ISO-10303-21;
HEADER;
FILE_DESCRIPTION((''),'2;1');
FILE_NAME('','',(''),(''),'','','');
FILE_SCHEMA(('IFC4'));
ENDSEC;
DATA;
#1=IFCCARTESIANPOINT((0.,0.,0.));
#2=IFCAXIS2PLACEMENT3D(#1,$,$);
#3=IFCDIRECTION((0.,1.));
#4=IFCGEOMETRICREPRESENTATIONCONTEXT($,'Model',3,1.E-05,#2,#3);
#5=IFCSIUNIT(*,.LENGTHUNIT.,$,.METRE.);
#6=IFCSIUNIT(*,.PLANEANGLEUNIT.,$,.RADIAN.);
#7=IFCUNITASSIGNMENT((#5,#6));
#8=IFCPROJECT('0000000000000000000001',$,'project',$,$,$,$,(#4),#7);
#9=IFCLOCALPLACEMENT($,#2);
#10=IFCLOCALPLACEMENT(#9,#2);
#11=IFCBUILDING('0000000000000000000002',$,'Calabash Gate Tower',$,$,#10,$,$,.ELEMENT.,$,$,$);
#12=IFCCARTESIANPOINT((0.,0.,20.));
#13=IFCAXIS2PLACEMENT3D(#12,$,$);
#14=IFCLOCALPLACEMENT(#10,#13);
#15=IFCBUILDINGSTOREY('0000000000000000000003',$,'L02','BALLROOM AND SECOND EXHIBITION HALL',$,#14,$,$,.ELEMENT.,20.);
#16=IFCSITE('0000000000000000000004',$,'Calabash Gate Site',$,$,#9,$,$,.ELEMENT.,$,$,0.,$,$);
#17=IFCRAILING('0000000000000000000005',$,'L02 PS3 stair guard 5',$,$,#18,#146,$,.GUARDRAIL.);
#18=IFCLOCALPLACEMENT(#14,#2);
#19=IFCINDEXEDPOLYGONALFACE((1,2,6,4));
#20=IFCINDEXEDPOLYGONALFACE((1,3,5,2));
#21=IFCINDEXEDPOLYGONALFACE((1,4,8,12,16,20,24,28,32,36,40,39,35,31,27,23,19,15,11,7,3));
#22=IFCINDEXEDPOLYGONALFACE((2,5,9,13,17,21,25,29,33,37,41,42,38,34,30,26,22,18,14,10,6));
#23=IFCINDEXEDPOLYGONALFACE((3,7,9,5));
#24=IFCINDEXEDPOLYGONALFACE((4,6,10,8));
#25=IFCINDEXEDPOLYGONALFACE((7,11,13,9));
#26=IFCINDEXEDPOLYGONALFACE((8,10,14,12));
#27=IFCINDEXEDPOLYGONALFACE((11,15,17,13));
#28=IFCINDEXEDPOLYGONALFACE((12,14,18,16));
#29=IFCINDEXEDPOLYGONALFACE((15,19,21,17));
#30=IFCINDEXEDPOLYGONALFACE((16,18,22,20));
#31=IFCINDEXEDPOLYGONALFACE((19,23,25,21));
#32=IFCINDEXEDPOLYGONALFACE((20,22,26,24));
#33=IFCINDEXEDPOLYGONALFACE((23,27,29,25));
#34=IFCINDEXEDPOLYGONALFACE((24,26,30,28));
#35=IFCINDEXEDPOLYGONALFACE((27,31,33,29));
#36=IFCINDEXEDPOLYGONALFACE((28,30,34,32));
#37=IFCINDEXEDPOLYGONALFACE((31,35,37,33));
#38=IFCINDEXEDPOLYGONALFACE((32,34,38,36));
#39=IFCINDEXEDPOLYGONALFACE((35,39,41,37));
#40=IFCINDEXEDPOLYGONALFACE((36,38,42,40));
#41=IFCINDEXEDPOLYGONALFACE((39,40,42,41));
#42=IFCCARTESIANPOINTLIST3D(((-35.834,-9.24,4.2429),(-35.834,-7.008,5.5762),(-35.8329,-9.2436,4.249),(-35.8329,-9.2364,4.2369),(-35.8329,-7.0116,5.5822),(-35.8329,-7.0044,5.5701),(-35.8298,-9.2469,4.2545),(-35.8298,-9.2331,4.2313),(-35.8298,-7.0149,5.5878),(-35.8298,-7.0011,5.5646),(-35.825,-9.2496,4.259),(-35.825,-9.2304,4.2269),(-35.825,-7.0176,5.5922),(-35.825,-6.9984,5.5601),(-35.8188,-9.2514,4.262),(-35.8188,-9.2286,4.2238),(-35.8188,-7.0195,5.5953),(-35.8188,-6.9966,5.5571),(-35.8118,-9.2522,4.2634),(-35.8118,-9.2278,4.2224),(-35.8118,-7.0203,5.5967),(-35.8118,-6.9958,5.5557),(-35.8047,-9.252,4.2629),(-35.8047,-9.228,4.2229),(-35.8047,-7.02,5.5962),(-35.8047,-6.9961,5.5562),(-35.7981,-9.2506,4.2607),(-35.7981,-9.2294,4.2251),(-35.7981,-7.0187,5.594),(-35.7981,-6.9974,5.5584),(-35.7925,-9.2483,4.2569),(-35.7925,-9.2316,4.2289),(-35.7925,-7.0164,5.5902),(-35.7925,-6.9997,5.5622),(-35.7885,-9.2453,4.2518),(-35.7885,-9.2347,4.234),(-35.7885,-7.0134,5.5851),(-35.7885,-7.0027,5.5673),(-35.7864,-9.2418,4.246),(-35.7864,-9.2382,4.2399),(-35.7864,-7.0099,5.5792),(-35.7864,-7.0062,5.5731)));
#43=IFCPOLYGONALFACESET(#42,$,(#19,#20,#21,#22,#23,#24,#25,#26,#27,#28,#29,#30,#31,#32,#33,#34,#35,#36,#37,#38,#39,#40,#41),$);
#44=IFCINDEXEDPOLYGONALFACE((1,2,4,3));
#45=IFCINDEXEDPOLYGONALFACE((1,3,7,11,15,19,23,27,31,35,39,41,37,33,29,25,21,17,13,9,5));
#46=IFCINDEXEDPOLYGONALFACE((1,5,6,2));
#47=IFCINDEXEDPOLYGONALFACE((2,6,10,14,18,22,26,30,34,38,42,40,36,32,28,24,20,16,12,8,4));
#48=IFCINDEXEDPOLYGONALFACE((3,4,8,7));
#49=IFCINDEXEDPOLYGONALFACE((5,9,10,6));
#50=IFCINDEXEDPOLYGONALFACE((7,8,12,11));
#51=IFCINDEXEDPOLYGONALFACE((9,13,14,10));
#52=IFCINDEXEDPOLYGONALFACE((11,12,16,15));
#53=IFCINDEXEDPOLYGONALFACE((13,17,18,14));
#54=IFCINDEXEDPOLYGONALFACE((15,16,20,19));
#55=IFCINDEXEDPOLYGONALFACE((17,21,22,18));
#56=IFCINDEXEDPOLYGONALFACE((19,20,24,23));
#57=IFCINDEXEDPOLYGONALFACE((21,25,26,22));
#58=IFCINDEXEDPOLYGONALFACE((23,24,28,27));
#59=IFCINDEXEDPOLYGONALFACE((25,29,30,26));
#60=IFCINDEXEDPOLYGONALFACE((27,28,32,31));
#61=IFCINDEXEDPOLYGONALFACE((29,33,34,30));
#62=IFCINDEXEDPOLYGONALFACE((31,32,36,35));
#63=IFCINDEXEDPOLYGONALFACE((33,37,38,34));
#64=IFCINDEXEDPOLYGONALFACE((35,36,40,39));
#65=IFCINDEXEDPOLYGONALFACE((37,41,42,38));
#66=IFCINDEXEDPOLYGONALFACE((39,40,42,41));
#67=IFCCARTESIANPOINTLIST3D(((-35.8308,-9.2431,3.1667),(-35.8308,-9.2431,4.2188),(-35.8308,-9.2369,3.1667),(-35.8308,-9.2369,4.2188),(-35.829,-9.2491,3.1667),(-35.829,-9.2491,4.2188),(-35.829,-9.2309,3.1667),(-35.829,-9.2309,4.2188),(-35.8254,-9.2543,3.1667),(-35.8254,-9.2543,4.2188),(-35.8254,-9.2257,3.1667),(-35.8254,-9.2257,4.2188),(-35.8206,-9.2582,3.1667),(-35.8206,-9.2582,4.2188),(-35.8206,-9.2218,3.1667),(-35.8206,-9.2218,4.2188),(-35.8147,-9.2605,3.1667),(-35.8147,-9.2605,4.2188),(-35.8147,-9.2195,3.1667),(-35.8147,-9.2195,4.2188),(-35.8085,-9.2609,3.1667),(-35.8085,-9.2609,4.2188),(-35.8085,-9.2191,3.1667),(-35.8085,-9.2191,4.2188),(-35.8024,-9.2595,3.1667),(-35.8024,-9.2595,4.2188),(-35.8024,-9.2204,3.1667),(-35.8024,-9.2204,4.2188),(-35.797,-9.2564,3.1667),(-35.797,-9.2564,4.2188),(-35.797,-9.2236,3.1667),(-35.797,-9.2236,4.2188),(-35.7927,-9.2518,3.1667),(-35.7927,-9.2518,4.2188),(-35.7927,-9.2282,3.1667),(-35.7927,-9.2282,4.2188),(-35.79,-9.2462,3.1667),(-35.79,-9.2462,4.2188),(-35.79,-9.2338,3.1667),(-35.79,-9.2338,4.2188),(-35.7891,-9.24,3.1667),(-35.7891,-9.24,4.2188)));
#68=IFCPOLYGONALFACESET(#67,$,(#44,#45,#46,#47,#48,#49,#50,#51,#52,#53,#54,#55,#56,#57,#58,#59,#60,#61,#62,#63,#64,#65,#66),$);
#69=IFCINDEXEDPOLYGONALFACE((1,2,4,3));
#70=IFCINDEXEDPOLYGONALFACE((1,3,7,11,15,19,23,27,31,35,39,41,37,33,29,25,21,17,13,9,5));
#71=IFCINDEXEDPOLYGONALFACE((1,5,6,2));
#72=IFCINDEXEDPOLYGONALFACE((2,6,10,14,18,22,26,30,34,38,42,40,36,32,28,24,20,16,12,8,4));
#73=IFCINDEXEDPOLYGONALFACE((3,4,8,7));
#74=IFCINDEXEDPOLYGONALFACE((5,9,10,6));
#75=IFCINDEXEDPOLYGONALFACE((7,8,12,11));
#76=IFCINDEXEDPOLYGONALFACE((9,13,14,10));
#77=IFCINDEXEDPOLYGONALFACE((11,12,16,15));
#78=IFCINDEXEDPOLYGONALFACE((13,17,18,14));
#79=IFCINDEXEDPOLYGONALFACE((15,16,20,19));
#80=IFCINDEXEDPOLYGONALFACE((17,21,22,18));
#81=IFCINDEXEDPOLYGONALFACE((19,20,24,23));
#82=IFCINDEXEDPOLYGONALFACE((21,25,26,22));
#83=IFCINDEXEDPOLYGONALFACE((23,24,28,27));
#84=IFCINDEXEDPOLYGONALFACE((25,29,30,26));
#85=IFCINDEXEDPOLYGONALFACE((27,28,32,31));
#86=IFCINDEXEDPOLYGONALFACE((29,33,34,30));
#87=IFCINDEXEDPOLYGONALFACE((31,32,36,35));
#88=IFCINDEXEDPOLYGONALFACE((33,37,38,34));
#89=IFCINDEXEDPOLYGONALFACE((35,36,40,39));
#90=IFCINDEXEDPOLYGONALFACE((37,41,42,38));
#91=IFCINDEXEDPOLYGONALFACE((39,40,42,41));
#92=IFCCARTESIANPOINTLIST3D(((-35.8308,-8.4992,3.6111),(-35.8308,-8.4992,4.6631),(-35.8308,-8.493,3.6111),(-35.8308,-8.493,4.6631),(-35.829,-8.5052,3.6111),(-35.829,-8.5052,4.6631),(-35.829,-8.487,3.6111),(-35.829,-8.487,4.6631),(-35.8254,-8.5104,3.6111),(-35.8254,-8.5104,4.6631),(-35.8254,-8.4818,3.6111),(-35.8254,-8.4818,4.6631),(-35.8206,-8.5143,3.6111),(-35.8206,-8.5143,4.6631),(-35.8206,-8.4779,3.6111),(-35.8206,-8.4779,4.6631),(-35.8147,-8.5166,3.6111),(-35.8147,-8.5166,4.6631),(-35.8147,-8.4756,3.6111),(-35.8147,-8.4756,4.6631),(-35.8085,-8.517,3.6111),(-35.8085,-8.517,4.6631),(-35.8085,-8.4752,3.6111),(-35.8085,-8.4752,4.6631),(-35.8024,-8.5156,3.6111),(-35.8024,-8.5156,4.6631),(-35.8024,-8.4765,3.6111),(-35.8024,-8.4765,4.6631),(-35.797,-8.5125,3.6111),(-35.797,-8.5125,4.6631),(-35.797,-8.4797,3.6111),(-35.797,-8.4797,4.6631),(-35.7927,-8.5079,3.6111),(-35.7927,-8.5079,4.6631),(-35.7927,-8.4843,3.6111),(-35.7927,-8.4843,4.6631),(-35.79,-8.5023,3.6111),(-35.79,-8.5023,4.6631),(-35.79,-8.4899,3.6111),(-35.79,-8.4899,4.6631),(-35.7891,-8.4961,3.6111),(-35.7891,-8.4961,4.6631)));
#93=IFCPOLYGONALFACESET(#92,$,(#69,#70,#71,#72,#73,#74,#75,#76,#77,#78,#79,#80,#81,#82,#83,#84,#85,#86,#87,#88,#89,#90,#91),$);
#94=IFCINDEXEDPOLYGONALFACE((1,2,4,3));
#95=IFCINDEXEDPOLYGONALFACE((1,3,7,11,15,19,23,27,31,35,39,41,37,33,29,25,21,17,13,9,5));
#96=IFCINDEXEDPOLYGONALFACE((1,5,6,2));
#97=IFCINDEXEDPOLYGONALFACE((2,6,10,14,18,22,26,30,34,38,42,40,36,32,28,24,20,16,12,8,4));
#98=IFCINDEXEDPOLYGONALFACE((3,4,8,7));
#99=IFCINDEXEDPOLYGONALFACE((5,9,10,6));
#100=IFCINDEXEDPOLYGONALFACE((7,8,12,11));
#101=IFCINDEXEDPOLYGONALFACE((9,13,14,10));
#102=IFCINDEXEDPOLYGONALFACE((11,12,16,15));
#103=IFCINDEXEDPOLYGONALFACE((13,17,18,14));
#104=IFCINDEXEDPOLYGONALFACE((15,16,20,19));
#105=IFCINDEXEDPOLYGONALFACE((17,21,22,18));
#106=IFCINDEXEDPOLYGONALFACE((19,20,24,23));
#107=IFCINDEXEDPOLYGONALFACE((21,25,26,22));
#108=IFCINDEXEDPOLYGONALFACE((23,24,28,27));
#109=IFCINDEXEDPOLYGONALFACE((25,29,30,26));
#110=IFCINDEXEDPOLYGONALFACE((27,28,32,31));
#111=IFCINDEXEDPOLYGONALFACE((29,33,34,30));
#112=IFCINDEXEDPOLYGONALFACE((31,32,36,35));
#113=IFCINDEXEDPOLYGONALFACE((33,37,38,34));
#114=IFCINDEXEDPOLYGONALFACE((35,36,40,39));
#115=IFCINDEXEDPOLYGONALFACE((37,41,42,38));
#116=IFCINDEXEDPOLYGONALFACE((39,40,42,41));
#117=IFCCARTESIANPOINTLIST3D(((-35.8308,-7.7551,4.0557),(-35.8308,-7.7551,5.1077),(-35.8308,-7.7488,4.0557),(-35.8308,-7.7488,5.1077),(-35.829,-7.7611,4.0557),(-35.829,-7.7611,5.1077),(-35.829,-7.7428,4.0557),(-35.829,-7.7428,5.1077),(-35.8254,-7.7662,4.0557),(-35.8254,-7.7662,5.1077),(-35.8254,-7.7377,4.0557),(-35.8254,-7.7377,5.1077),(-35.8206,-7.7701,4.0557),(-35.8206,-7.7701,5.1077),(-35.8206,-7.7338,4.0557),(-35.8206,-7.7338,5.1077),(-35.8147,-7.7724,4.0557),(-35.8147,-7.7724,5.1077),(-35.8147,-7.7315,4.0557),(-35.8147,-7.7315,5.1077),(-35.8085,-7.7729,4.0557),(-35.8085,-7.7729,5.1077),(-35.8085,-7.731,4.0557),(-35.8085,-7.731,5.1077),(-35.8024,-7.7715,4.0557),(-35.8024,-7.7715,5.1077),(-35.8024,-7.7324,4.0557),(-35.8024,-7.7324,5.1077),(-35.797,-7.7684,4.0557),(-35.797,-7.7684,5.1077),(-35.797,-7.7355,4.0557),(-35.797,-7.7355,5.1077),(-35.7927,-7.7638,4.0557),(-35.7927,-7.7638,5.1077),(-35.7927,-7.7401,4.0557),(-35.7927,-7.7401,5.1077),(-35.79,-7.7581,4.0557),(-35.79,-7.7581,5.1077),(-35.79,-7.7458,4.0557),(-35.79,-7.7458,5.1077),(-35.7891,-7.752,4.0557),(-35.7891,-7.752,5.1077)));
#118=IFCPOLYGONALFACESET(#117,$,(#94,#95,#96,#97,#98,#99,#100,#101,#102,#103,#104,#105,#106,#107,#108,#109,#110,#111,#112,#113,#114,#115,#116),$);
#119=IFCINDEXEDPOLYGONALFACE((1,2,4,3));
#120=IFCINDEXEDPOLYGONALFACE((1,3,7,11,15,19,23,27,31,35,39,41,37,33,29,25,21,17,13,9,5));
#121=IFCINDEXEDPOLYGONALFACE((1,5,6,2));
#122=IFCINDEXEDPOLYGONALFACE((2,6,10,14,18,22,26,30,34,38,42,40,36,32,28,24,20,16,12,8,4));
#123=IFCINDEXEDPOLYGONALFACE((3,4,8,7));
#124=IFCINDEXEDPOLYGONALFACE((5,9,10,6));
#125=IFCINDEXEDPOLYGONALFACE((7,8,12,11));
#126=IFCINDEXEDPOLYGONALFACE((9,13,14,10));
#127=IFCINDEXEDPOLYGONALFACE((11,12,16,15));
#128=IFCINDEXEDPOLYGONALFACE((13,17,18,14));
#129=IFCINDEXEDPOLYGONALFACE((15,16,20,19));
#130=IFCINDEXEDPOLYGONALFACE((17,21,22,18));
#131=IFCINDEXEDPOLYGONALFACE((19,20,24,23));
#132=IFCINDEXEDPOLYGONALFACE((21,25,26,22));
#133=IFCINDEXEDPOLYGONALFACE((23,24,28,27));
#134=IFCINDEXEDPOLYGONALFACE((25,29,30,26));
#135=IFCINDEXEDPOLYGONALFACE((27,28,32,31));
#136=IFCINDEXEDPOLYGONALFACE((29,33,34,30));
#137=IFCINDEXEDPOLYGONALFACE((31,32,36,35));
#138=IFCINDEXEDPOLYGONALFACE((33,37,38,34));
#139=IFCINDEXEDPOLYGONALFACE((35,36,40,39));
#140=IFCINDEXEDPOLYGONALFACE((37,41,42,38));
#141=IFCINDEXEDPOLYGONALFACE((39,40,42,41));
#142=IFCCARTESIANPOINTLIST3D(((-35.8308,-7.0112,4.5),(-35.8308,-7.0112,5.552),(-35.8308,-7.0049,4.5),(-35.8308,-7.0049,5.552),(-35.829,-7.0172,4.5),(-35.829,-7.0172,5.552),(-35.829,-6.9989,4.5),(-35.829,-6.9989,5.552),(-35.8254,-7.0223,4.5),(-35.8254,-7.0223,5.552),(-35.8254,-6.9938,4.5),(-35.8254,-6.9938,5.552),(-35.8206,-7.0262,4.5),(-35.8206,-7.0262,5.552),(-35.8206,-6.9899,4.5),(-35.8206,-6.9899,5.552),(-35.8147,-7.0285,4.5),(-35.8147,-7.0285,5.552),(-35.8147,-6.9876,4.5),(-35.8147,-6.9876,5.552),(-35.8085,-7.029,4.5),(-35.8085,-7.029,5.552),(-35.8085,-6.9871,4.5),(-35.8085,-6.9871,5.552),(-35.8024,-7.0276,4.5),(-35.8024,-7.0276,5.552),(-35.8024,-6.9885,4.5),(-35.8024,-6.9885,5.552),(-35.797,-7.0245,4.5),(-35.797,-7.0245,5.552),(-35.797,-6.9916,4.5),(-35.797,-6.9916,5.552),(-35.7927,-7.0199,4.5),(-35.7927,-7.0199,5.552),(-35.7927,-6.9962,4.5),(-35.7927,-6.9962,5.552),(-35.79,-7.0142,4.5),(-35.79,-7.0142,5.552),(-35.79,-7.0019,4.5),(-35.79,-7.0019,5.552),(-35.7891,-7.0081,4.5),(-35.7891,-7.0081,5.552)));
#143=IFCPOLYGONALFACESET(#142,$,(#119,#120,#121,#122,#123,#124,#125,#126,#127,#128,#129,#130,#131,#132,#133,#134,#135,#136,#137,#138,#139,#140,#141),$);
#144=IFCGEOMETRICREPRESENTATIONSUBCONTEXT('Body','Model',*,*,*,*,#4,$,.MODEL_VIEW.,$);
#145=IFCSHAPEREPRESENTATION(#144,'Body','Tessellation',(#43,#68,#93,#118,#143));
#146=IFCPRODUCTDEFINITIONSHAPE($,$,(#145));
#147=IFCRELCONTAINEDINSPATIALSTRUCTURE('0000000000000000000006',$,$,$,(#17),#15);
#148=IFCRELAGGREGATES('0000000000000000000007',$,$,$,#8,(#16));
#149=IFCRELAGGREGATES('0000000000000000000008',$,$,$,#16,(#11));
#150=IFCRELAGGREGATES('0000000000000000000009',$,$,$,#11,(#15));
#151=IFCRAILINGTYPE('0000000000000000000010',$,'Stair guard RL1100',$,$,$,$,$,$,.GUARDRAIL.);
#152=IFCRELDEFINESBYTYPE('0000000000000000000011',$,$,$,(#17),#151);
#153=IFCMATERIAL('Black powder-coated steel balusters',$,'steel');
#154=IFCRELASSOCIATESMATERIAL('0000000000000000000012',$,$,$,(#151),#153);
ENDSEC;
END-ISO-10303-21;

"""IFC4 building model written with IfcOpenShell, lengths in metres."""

from ifc_helpers import new_model, si_unit, direction, frame, origin, origin_2d, place, context, subcontext, project, spatial, circle, extrude, material, type_object, element, save


model = new_model("IFC4")

# Units and contexts
model_context = context("Model", 3, precision=1e-05, world=origin(), true_north=direction((0.0, 1.0)))
body_context = subcontext(model_context, "Body", "Model", "MODEL_VIEW")
ifc_project = project(units=[si_unit("LENGTHUNIT", "METRE"), si_unit("PLANEANGLEUNIT", "RADIAN")], contexts=[model_context])

# Site, building, storey
site_placement = place(None, origin())
site = spatial("IfcSite", under=ifc_project, at=site_placement, Name="Calabash Gate Site", CompositionType="ELEMENT", RefElevation=0.0)
building_placement = place(site_placement, origin())
building = spatial("IfcBuilding", under=site, at=building_placement, Name="Calabash Gate Tower", CompositionType="ELEMENT")
storey_placement = place(building_placement, frame((0.0, 0.0, 20.0)))
storey = spatial("IfcBuildingStorey", under=building, at=storey_placement, Name="L02", Description="BALLROOM AND SECOND EXHIBITION HALL", CompositionType="ELEMENT", Elevation=20.0)

# Railing
ifc_material_1 = material(Name="Black powder-coated steel balusters", Category="steel")
railing_type_1 = type_object("IfcRailingType", Name="Stair guard RL1100", PredefinedType="GUARDRAIL", material=ifc_material_1)
for number, where, name in (
    (1, (-35.8101, -9.24, 3.1667), "L02 PS3 stair guard 5"),
):
    element("IfcRailing", number, at=place(storey_placement, frame(where)), inside=storey, type_object=railing_type_1, Name=name, PredefinedType="GUARDRAIL", context=body_context, shape_type="SweptSolid", body=[
        extrude(circle(Radius=0.0239, at=origin_2d()), frame((0.0, 0.0, 1.0762), z_axis=(0.0, 0.858494, 0.512824), x_axis=(-1.0, 0.0, 0.0)), (0.0, 0.0, 1.0), 2.5999),
        extrude(circle(Radius=0.021, at=origin_2d()), origin(), (0.0, 0.0, 1.0), 1.052),
        extrude(circle(Radius=0.021, at=origin_2d()), frame((0.0, 0.7439, 0.4443)), (0.0, 0.0, 1.0), 1.052),
        extrude(circle(Radius=0.021, at=origin_2d()), frame((0.0, 1.488, 0.8889)), (0.0, 0.0, 1.0), 1.052),
        extrude(circle(Radius=0.021, at=origin_2d()), frame((0.0, 2.2319, 1.3333)), (0.0, 0.0, 1.0), 1.052),
    ])

save(model, "model.ifc")
